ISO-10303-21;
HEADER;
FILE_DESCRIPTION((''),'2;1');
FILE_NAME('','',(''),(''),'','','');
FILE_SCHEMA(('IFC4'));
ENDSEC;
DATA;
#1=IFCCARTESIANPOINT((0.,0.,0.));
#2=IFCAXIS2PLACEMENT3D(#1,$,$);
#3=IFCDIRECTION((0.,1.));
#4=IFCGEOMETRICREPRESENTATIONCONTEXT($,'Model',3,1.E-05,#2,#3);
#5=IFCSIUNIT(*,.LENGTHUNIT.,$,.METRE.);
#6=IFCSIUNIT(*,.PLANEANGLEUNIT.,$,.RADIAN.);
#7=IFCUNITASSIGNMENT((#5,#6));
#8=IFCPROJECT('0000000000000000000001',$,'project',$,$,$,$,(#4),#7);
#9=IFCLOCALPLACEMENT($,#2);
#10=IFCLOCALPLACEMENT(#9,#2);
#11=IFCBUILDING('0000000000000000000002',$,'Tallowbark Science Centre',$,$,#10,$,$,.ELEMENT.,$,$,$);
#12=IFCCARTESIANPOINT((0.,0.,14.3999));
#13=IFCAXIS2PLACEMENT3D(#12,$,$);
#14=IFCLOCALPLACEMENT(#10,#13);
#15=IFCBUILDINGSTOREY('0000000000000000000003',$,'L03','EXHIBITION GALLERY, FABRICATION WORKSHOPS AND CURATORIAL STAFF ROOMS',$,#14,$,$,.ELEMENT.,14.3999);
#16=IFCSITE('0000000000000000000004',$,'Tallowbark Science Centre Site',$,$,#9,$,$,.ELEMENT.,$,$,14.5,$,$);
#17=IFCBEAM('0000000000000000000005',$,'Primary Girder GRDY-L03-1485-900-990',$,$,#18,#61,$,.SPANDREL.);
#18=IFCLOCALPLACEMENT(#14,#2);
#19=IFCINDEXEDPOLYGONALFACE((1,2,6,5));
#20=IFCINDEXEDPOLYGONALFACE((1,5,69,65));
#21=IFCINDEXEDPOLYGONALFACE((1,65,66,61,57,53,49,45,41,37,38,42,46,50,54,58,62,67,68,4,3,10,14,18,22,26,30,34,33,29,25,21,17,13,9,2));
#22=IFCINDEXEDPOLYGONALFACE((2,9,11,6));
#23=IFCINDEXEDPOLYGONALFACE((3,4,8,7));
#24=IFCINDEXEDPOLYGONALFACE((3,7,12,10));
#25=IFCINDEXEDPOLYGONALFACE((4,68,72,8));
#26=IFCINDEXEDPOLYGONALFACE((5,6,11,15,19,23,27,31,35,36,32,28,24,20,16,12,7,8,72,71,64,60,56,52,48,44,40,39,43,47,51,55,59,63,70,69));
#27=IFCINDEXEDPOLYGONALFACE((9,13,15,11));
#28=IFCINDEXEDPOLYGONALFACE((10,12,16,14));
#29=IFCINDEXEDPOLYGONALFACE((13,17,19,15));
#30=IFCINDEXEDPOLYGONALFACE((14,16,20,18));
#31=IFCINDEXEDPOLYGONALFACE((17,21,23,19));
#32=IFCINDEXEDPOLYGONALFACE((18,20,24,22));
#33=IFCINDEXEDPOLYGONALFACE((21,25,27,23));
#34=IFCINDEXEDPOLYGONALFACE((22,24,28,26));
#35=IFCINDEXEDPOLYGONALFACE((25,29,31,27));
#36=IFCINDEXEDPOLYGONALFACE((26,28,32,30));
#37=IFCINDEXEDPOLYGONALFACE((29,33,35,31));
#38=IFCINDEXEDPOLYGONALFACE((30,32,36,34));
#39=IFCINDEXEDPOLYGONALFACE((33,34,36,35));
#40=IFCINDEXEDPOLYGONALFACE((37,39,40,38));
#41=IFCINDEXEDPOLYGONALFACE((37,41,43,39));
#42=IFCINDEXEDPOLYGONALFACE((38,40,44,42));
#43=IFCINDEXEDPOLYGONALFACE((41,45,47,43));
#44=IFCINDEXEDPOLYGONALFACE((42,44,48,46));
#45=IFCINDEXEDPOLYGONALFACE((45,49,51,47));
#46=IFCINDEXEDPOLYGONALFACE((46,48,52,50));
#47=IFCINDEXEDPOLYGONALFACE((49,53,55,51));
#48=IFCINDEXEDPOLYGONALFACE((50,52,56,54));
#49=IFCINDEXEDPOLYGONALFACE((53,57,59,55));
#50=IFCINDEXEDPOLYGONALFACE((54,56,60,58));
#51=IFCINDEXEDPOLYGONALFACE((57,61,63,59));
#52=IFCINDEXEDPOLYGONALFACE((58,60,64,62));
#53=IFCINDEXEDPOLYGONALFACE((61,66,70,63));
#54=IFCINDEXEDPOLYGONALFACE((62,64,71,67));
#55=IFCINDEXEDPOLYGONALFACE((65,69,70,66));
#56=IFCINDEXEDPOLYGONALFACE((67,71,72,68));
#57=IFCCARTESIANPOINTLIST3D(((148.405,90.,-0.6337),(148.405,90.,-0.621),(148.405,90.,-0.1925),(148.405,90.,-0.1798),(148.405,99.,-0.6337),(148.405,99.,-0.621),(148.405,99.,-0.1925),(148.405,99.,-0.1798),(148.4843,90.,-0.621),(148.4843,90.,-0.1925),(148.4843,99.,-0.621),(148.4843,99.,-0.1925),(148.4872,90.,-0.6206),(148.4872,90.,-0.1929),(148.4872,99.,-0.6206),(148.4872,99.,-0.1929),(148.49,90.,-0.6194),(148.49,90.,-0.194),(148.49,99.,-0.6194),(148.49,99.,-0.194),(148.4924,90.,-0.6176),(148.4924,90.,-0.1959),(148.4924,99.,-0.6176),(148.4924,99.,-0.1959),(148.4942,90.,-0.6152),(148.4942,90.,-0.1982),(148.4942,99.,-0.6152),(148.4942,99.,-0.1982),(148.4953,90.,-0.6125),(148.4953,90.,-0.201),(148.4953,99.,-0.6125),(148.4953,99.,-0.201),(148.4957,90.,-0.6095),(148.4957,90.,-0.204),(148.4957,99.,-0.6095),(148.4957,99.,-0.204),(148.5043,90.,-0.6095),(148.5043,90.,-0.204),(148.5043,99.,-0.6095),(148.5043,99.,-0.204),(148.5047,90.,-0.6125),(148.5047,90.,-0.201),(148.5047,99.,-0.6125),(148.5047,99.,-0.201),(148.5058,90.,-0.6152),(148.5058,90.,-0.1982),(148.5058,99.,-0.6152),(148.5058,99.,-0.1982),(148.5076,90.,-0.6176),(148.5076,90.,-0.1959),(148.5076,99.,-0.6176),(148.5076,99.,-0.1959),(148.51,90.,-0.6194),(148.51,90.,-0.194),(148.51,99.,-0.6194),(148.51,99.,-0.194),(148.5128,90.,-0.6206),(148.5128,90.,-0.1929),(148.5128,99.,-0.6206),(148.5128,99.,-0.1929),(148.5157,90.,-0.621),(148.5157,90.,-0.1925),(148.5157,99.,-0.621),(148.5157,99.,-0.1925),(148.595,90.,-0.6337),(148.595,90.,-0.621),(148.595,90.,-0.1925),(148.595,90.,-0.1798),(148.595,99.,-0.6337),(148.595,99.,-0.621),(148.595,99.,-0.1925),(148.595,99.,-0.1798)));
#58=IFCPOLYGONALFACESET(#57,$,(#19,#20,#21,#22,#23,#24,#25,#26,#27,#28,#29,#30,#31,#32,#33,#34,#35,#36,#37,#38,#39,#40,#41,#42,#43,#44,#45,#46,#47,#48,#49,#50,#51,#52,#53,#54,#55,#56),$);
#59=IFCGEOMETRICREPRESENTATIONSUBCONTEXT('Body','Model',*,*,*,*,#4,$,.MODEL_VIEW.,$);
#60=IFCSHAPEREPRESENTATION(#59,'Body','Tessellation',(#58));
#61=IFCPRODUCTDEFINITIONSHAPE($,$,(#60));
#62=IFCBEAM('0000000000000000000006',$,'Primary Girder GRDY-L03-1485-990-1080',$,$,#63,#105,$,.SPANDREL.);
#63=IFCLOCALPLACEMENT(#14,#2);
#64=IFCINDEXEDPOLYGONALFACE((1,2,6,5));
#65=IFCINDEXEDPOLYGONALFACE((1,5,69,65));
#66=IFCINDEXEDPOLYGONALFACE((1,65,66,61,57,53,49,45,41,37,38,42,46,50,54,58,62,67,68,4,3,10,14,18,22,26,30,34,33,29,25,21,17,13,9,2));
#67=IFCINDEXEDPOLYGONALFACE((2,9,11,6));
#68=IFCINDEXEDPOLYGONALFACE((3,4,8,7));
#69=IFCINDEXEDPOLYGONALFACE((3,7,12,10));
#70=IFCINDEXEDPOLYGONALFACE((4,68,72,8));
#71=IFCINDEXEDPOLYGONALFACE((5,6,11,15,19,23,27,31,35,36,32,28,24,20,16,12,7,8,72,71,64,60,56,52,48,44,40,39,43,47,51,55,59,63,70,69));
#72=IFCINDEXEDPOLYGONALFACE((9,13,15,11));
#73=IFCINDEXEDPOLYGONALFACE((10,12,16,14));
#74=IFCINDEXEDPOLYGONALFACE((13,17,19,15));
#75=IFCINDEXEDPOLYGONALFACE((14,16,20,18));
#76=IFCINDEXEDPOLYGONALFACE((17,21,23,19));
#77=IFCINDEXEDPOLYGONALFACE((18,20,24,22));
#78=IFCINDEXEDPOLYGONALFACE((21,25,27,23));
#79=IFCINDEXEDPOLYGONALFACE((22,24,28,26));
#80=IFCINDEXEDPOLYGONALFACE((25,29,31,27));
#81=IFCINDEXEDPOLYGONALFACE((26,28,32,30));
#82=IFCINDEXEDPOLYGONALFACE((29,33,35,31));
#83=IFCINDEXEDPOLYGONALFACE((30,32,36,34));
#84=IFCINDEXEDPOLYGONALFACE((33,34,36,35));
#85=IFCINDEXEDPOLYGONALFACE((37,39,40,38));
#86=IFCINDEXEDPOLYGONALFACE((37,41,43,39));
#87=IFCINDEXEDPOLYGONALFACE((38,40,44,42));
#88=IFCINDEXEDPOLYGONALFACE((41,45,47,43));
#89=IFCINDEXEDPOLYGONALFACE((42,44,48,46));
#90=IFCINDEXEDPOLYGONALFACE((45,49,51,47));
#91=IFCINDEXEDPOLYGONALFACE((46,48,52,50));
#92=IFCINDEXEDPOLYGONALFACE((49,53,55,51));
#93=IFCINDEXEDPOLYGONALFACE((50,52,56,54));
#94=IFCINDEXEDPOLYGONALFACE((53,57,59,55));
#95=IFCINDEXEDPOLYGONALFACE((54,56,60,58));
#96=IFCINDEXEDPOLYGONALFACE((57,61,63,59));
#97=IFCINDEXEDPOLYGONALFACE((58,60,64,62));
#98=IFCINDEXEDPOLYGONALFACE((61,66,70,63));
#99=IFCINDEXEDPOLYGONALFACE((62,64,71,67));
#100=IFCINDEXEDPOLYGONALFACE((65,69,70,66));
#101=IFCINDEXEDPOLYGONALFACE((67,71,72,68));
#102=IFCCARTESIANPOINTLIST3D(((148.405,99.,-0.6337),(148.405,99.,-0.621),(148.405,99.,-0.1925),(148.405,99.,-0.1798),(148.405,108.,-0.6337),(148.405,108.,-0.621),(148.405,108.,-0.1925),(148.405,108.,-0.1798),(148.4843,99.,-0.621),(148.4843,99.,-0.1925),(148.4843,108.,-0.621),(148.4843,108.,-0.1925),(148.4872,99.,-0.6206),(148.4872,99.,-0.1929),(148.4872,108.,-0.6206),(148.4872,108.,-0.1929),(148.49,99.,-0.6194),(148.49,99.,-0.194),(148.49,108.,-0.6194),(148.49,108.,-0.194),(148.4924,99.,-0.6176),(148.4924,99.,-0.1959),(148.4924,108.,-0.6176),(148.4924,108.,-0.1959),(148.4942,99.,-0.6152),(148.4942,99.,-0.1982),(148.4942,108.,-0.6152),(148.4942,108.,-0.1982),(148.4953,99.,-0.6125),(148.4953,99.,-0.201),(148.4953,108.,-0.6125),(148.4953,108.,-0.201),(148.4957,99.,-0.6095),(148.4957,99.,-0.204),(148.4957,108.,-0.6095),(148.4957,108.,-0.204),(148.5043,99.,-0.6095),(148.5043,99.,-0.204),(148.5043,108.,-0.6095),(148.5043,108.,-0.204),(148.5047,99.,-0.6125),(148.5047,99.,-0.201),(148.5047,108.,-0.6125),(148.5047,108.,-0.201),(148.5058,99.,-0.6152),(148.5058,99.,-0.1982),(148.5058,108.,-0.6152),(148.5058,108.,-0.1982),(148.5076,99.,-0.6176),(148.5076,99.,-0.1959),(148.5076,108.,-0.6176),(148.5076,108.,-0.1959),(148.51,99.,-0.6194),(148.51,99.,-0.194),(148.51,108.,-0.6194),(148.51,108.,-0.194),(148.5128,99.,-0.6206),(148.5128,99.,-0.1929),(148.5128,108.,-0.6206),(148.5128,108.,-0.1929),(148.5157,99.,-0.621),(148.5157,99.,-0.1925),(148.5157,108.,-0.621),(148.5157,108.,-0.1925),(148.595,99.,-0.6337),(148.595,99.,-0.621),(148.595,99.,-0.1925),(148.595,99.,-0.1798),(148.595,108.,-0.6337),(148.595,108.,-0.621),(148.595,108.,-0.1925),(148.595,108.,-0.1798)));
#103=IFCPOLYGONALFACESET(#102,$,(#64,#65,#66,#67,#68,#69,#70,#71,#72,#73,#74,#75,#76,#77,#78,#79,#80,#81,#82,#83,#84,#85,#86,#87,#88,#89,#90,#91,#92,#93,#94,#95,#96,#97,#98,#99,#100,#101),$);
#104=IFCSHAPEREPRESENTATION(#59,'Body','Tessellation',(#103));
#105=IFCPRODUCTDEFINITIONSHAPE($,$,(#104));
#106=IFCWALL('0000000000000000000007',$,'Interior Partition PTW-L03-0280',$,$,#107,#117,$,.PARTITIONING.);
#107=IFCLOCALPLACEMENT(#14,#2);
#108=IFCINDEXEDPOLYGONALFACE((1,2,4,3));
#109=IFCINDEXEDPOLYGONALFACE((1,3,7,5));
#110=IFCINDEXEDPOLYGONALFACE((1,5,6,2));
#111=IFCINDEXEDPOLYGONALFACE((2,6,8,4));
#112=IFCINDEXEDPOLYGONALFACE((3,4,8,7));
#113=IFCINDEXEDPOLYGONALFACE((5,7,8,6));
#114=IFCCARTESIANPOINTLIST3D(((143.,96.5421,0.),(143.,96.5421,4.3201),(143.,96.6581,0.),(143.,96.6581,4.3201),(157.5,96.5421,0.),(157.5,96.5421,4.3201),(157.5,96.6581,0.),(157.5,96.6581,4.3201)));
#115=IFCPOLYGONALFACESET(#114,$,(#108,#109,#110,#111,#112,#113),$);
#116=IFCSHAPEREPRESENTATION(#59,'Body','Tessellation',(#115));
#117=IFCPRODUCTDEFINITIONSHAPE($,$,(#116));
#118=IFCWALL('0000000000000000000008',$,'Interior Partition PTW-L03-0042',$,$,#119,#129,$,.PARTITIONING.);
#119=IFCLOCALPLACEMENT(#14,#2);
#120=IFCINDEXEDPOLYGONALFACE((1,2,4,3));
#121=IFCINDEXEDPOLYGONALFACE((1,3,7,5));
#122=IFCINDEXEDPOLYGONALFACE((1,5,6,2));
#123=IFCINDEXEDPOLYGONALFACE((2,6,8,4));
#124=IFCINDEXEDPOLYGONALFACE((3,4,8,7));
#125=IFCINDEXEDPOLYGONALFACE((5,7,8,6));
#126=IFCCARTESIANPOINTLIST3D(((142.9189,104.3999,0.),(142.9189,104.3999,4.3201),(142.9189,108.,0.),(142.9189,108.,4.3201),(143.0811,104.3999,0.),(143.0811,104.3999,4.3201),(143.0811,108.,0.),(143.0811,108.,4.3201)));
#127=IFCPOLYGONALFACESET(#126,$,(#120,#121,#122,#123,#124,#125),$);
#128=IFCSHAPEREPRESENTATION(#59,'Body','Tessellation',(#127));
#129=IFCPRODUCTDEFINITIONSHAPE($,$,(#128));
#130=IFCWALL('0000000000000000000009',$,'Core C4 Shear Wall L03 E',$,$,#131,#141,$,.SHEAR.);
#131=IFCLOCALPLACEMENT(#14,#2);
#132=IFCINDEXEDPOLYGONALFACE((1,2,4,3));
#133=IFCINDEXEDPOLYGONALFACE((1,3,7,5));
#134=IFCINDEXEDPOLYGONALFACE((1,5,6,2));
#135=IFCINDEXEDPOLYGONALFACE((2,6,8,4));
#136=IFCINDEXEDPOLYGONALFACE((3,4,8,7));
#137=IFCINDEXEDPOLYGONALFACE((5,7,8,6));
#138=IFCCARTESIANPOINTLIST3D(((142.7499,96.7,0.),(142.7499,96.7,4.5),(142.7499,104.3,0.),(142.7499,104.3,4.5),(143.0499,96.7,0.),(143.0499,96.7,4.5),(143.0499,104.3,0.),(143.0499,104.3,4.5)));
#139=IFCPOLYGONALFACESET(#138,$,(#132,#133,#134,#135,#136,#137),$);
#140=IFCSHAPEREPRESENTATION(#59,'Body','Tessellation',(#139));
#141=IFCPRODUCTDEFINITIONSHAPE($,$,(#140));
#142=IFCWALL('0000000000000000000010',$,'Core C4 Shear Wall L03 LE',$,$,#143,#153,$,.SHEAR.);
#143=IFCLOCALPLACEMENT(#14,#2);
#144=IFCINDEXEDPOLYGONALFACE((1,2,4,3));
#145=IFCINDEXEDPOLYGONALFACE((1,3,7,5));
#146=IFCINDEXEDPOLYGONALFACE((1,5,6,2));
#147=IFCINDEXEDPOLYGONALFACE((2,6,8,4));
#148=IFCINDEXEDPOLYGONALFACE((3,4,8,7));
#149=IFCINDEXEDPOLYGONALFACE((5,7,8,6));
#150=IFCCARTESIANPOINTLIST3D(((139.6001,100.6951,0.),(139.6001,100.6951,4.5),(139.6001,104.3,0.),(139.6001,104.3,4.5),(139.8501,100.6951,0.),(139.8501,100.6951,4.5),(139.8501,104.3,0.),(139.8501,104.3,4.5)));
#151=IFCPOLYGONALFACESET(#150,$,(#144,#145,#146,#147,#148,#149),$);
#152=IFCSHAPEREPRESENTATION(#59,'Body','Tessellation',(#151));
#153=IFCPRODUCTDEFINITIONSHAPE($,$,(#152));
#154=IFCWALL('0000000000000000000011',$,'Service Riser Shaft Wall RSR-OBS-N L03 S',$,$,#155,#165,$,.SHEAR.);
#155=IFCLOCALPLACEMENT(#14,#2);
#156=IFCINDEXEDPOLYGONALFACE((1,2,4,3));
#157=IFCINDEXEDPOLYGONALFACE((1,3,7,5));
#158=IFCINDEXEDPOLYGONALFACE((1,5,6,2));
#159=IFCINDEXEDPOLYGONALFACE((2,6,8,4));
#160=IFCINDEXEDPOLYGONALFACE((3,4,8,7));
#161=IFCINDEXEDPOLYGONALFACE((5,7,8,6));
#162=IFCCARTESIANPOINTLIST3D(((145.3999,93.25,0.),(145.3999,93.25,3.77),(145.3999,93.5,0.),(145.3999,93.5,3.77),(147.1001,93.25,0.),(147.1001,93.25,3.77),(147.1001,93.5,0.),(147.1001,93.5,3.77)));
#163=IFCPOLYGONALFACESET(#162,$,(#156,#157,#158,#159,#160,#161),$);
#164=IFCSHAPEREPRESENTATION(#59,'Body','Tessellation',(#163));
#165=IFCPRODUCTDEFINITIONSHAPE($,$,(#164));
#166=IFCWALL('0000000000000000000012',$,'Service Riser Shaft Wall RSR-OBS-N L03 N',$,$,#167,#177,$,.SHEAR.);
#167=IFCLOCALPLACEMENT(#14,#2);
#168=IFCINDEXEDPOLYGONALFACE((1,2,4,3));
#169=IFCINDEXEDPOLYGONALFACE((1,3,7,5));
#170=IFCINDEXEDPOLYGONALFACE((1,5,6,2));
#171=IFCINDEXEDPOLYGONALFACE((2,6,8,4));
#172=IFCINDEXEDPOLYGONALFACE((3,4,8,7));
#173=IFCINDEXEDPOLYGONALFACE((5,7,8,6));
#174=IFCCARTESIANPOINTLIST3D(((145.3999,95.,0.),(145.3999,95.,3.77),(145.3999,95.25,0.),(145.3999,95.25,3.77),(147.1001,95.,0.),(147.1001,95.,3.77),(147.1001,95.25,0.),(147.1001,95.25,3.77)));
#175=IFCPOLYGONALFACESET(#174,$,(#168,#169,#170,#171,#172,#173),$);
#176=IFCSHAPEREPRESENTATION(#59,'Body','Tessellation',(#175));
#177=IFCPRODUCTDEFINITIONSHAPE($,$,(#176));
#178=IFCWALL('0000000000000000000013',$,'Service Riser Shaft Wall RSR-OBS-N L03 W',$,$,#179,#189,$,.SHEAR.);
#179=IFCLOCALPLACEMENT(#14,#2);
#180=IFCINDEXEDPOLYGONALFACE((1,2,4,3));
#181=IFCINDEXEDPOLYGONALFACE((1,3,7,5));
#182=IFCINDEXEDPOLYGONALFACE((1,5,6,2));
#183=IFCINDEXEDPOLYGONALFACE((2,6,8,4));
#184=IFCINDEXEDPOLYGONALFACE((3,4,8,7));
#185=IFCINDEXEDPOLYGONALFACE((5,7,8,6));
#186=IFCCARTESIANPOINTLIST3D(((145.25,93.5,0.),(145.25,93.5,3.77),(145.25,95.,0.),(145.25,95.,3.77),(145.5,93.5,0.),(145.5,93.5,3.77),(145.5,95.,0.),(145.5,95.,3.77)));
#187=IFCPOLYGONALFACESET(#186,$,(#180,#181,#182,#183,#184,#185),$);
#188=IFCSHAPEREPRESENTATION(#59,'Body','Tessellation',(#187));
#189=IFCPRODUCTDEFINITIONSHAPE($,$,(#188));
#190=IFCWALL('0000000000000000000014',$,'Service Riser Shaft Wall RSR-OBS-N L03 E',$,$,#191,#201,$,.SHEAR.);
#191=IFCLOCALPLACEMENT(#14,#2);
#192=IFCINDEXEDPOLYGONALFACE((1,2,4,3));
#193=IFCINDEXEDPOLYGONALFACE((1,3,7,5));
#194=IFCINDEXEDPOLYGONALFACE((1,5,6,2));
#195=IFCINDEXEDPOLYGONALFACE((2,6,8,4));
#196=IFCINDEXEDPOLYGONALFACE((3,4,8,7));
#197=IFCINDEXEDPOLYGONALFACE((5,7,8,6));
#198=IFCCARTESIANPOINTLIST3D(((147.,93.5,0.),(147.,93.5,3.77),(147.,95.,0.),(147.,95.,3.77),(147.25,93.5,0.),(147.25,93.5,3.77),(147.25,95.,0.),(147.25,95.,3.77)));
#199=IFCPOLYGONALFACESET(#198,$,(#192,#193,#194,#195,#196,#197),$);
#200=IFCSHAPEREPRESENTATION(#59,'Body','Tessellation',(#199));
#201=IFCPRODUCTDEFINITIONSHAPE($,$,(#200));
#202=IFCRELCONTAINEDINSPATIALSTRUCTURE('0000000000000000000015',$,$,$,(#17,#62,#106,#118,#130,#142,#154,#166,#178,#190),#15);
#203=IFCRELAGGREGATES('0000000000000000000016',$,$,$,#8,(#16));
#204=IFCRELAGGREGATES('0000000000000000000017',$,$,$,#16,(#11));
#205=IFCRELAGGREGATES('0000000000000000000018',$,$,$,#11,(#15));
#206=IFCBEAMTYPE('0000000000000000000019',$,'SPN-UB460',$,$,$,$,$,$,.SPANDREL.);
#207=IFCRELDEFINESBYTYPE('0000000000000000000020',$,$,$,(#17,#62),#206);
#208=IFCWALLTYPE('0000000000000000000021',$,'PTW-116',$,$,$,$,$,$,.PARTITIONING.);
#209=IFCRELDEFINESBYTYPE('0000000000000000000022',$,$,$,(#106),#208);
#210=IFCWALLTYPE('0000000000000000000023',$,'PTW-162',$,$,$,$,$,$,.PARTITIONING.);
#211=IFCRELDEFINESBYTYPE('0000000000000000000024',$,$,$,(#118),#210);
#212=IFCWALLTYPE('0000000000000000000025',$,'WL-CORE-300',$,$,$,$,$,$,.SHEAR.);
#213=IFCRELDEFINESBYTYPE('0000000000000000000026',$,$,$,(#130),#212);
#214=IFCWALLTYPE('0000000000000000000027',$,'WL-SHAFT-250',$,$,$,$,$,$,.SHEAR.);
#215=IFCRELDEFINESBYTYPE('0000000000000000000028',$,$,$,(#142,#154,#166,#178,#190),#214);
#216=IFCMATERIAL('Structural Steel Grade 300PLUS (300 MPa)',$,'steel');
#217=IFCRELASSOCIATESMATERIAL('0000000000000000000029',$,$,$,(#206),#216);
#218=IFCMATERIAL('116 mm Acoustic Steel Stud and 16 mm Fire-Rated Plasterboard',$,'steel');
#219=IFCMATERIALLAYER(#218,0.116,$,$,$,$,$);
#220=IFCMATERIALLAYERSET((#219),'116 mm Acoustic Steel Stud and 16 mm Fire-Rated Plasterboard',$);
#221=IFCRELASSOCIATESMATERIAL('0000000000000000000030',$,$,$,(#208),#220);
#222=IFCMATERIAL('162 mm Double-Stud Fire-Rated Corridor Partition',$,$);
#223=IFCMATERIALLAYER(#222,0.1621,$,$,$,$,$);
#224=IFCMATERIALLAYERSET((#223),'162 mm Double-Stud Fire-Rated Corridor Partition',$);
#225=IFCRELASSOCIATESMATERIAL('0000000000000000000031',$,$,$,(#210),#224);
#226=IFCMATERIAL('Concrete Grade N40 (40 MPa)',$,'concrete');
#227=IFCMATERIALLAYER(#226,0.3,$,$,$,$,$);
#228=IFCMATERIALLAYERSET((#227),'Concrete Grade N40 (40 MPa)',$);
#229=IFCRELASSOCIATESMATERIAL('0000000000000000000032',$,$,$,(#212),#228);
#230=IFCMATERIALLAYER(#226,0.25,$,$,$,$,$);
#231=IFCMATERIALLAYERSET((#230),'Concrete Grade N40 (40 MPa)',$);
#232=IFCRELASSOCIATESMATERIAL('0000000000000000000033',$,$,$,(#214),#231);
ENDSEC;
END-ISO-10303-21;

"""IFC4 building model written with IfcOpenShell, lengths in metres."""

from ifc_helpers import new_model, si_unit, direction, frame, frame_2d, origin, origin_2d, place, context, subcontext, project, spatial, rectangle, i_section, extrude, material, layer, layer_set, material_profile, profile_set, type_object, element, save


model = new_model("IFC4")

# Units and contexts
model_context = context("Model", 3, precision=1e-05, world=origin(), true_north=direction((0.0, 1.0)))
body_context = subcontext(model_context, "Body", "Model", "MODEL_VIEW")
ifc_project = project(units=[si_unit("LENGTHUNIT", "METRE"), si_unit("PLANEANGLEUNIT", "RADIAN")], contexts=[model_context])

# Site, building, storey
site_placement = place(None, origin())
site = spatial("IfcSite", under=ifc_project, at=site_placement, Name="Tallowbark Science Centre Site", CompositionType="ELEMENT", RefElevation=14.5)
building_placement = place(site_placement, origin())
building = spatial("IfcBuilding", under=site, at=building_placement, Name="Tallowbark Science Centre", CompositionType="ELEMENT")
storey_placement = place(building_placement, frame((0.0, 0.0, 14.3999)))
storey = spatial("IfcBuildingStorey", under=building, at=storey_placement, Name="L03", Description="EXHIBITION GALLERY, FABRICATION WORKSHOPS AND CURATORIAL STAFF ROOMS", CompositionType="ELEMENT", Elevation=14.3999)

# Shared definitions
ifc_material_1 = material(Name="Structural Steel Grade 300PLUS (300 MPa)", Category="steel")

# Beams
ifc_material_profile_1 = material_profile(ifc_material_1, i_section(OverallWidth=0.1899, OverallDepth=0.4539, WebThickness=0.0085, FlangeThickness=0.0127, FilletRadius=0.0115, at=origin_2d()), Name="460UB67.1")
ifc_profile_set_1 = profile_set([ifc_material_profile_1], Name="Structural Steel Grade 300PLUS (300 MPa)")
beam_type_1 = type_object("IfcBeamType", Name="SPN-UB460", PredefinedType="SPANDREL", material=ifc_profile_set_1)
for number, where, z_axis, x_axis, name in (
    (1, (148.5, 90.0, -0.4067), (0.0, 1.0, 0.0), (-1.0, 0.0, 0.0), "Primary Girder GRDY-L03-1485-900-990"),
    (2, (148.5, 99.0, -0.4067), (0.0, 1.0, 0.0), (-1.0, 0.0, 0.0), "Primary Girder GRDY-L03-1485-990-1080"),
):
    element("IfcBeam", number, at=place(storey_placement, frame(where, z_axis=z_axis, x_axis=x_axis)), inside=storey, type_object=beam_type_1, Name=name, PredefinedType="SPANDREL", context=body_context, shape_type="SweptSolid", body=[
        extrude(i_section(OverallWidth=0.1899, OverallDepth=0.4539, WebThickness=0.0085, FlangeThickness=0.0127, FilletRadius=0.0115, at=origin_2d()), origin(), (0.0, 0.0, 1.0), 9.0),
    ])

# Walls
ifc_material_2 = material(Name="116 mm Acoustic Steel Stud and 16 mm Fire-Rated Plasterboard", Category="steel")
ifc_layer_1 = layer(ifc_material_2, 0.116)
ifc_layer_set_1 = layer_set([ifc_layer_1], Name="116 mm Acoustic Steel Stud and 16 mm Fire-Rated Plasterboard")
wall_type_1 = type_object("IfcWallType", Name="PTW-116", PredefinedType="PARTITIONING", material=ifc_layer_set_1)
wall_1_placement = place(storey_placement, frame((143.0, 96.6001, 0.0), z_axis=(0.0, 0.0, 1.0), x_axis=(1.0, 0.0, 0.0)))
element("IfcWall", 3, at=wall_1_placement, inside=storey, type_object=wall_type_1, Name="Interior Partition PTW-L03-0280", PredefinedType="PARTITIONING", context=body_context, shape_type="SweptSolid", body=[
    extrude(rectangle(XDim=14.5, YDim=0.116, at=frame_2d((7.25, 0.0))), origin(), (0.0, 0.0, 1.0), 4.3201),
])
ifc_material_3 = material(Name="162 mm Double-Stud Fire-Rated Corridor Partition")
ifc_layer_2 = layer(ifc_material_3, 0.1621)
ifc_layer_set_2 = layer_set([ifc_layer_2], Name="162 mm Double-Stud Fire-Rated Corridor Partition")
wall_type_2 = type_object("IfcWallType", Name="PTW-162", PredefinedType="PARTITIONING", material=ifc_layer_set_2)
wall_2_placement = place(storey_placement, frame((143.0, 104.3999, 0.0), z_axis=(0.0, 0.0, 1.0), x_axis=(0.0, 1.0, 0.0)))
element("IfcWall", 4, at=wall_2_placement, inside=storey, type_object=wall_type_2, Name="Interior Partition PTW-L03-0042", PredefinedType="PARTITIONING", context=body_context, shape_type="SweptSolid", body=[
    extrude(rectangle(XDim=3.6001, YDim=0.1621, at=frame_2d((1.8, 0.0))), origin(), (0.0, 0.0, 1.0), 4.3201),
])
ifc_material_4 = material(Name="Concrete Grade N40 (40 MPa)", Category="concrete")
ifc_layer_3 = layer(ifc_material_4, 0.3)
ifc_layer_set_3 = layer_set([ifc_layer_3], Name="Concrete Grade N40 (40 MPa)")
wall_type_3 = type_object("IfcWallType", Name="WL-CORE-300", PredefinedType="SHEAR", material=ifc_layer_set_3)
wall_3_placement = place(storey_placement, frame((142.8999, 96.7, 0.0), z_axis=(0.0, 0.0, 1.0), x_axis=(0.0, 1.0, 0.0)))
element("IfcWall", 5, at=wall_3_placement, inside=storey, type_object=wall_type_3, Name="Core C4 Shear Wall L03 E", PredefinedType="SHEAR", context=body_context, shape_type="SweptSolid", body=[
    extrude(rectangle(XDim=7.6001, YDim=0.3, at=frame_2d((3.8, 0.0))), origin(), (0.0, 0.0, 1.0), 4.5),
])
ifc_layer_4 = layer(ifc_material_4, 0.25)
ifc_layer_set_4 = layer_set([ifc_layer_4], Name="Concrete Grade N40 (40 MPa)")
wall_type_4 = type_object("IfcWallType", Name="WL-SHAFT-250", PredefinedType="SHEAR", material=ifc_layer_set_4)
wall_4_placement = place(storey_placement, frame((139.7251, 100.6951, 0.0), z_axis=(0.0, 0.0, 1.0), x_axis=(0.0, 1.0, 0.0)))
element("IfcWall", 6, at=wall_4_placement, inside=storey, type_object=wall_type_4, Name="Core C4 Shear Wall L03 LE", PredefinedType="SHEAR", context=body_context, shape_type="SweptSolid", body=[
    extrude(rectangle(XDim=3.605, YDim=0.25, at=frame_2d((1.8025, 0.0))), origin(), (0.0, 0.0, 1.0), 4.5),
])
for number, where, z_axis, x_axis, name in (
    (7, (145.3999, 93.375, 0.0), (0.0, 0.0, 1.0), (1.0, 0.0, 0.0), "Service Riser Shaft Wall RSR-OBS-N L03 S"),
    (8, (145.3999, 95.125, 0.0), (0.0, 0.0, 1.0), (1.0, 0.0, 0.0), "Service Riser Shaft Wall RSR-OBS-N L03 N"),
):
    element("IfcWall", number, at=place(storey_placement, frame(where, z_axis=z_axis, x_axis=x_axis)), inside=storey, type_object=wall_type_4, Name=name, PredefinedType="SHEAR", context=body_context, shape_type="SweptSolid", body=[
        extrude(rectangle(XDim=1.7002, YDim=0.25, at=frame_2d((0.8501, 0.0))), origin(), (0.0, 0.0, 1.0), 3.77),
    ])
for number, where, z_axis, x_axis, name in (
    (9, (145.375, 93.5, 0.0), (0.0, 0.0, 1.0), (0.0, 1.0, 0.0), "Service Riser Shaft Wall RSR-OBS-N L03 W"),
    (10, (147.125, 93.5, 0.0), (0.0, 0.0, 1.0), (0.0, 1.0, 0.0), "Service Riser Shaft Wall RSR-OBS-N L03 E"),
):
    element("IfcWall", number, at=place(storey_placement, frame(where, z_axis=z_axis, x_axis=x_axis)), inside=storey, type_object=wall_type_4, Name=name, PredefinedType="SHEAR", context=body_context, shape_type="SweptSolid", body=[
        extrude(rectangle(XDim=1.5, YDim=0.25, at=frame_2d((0.75, 0.0))), origin(), (0.0, 0.0, 1.0), 3.77),
    ])

save(model, "model.ifc")
